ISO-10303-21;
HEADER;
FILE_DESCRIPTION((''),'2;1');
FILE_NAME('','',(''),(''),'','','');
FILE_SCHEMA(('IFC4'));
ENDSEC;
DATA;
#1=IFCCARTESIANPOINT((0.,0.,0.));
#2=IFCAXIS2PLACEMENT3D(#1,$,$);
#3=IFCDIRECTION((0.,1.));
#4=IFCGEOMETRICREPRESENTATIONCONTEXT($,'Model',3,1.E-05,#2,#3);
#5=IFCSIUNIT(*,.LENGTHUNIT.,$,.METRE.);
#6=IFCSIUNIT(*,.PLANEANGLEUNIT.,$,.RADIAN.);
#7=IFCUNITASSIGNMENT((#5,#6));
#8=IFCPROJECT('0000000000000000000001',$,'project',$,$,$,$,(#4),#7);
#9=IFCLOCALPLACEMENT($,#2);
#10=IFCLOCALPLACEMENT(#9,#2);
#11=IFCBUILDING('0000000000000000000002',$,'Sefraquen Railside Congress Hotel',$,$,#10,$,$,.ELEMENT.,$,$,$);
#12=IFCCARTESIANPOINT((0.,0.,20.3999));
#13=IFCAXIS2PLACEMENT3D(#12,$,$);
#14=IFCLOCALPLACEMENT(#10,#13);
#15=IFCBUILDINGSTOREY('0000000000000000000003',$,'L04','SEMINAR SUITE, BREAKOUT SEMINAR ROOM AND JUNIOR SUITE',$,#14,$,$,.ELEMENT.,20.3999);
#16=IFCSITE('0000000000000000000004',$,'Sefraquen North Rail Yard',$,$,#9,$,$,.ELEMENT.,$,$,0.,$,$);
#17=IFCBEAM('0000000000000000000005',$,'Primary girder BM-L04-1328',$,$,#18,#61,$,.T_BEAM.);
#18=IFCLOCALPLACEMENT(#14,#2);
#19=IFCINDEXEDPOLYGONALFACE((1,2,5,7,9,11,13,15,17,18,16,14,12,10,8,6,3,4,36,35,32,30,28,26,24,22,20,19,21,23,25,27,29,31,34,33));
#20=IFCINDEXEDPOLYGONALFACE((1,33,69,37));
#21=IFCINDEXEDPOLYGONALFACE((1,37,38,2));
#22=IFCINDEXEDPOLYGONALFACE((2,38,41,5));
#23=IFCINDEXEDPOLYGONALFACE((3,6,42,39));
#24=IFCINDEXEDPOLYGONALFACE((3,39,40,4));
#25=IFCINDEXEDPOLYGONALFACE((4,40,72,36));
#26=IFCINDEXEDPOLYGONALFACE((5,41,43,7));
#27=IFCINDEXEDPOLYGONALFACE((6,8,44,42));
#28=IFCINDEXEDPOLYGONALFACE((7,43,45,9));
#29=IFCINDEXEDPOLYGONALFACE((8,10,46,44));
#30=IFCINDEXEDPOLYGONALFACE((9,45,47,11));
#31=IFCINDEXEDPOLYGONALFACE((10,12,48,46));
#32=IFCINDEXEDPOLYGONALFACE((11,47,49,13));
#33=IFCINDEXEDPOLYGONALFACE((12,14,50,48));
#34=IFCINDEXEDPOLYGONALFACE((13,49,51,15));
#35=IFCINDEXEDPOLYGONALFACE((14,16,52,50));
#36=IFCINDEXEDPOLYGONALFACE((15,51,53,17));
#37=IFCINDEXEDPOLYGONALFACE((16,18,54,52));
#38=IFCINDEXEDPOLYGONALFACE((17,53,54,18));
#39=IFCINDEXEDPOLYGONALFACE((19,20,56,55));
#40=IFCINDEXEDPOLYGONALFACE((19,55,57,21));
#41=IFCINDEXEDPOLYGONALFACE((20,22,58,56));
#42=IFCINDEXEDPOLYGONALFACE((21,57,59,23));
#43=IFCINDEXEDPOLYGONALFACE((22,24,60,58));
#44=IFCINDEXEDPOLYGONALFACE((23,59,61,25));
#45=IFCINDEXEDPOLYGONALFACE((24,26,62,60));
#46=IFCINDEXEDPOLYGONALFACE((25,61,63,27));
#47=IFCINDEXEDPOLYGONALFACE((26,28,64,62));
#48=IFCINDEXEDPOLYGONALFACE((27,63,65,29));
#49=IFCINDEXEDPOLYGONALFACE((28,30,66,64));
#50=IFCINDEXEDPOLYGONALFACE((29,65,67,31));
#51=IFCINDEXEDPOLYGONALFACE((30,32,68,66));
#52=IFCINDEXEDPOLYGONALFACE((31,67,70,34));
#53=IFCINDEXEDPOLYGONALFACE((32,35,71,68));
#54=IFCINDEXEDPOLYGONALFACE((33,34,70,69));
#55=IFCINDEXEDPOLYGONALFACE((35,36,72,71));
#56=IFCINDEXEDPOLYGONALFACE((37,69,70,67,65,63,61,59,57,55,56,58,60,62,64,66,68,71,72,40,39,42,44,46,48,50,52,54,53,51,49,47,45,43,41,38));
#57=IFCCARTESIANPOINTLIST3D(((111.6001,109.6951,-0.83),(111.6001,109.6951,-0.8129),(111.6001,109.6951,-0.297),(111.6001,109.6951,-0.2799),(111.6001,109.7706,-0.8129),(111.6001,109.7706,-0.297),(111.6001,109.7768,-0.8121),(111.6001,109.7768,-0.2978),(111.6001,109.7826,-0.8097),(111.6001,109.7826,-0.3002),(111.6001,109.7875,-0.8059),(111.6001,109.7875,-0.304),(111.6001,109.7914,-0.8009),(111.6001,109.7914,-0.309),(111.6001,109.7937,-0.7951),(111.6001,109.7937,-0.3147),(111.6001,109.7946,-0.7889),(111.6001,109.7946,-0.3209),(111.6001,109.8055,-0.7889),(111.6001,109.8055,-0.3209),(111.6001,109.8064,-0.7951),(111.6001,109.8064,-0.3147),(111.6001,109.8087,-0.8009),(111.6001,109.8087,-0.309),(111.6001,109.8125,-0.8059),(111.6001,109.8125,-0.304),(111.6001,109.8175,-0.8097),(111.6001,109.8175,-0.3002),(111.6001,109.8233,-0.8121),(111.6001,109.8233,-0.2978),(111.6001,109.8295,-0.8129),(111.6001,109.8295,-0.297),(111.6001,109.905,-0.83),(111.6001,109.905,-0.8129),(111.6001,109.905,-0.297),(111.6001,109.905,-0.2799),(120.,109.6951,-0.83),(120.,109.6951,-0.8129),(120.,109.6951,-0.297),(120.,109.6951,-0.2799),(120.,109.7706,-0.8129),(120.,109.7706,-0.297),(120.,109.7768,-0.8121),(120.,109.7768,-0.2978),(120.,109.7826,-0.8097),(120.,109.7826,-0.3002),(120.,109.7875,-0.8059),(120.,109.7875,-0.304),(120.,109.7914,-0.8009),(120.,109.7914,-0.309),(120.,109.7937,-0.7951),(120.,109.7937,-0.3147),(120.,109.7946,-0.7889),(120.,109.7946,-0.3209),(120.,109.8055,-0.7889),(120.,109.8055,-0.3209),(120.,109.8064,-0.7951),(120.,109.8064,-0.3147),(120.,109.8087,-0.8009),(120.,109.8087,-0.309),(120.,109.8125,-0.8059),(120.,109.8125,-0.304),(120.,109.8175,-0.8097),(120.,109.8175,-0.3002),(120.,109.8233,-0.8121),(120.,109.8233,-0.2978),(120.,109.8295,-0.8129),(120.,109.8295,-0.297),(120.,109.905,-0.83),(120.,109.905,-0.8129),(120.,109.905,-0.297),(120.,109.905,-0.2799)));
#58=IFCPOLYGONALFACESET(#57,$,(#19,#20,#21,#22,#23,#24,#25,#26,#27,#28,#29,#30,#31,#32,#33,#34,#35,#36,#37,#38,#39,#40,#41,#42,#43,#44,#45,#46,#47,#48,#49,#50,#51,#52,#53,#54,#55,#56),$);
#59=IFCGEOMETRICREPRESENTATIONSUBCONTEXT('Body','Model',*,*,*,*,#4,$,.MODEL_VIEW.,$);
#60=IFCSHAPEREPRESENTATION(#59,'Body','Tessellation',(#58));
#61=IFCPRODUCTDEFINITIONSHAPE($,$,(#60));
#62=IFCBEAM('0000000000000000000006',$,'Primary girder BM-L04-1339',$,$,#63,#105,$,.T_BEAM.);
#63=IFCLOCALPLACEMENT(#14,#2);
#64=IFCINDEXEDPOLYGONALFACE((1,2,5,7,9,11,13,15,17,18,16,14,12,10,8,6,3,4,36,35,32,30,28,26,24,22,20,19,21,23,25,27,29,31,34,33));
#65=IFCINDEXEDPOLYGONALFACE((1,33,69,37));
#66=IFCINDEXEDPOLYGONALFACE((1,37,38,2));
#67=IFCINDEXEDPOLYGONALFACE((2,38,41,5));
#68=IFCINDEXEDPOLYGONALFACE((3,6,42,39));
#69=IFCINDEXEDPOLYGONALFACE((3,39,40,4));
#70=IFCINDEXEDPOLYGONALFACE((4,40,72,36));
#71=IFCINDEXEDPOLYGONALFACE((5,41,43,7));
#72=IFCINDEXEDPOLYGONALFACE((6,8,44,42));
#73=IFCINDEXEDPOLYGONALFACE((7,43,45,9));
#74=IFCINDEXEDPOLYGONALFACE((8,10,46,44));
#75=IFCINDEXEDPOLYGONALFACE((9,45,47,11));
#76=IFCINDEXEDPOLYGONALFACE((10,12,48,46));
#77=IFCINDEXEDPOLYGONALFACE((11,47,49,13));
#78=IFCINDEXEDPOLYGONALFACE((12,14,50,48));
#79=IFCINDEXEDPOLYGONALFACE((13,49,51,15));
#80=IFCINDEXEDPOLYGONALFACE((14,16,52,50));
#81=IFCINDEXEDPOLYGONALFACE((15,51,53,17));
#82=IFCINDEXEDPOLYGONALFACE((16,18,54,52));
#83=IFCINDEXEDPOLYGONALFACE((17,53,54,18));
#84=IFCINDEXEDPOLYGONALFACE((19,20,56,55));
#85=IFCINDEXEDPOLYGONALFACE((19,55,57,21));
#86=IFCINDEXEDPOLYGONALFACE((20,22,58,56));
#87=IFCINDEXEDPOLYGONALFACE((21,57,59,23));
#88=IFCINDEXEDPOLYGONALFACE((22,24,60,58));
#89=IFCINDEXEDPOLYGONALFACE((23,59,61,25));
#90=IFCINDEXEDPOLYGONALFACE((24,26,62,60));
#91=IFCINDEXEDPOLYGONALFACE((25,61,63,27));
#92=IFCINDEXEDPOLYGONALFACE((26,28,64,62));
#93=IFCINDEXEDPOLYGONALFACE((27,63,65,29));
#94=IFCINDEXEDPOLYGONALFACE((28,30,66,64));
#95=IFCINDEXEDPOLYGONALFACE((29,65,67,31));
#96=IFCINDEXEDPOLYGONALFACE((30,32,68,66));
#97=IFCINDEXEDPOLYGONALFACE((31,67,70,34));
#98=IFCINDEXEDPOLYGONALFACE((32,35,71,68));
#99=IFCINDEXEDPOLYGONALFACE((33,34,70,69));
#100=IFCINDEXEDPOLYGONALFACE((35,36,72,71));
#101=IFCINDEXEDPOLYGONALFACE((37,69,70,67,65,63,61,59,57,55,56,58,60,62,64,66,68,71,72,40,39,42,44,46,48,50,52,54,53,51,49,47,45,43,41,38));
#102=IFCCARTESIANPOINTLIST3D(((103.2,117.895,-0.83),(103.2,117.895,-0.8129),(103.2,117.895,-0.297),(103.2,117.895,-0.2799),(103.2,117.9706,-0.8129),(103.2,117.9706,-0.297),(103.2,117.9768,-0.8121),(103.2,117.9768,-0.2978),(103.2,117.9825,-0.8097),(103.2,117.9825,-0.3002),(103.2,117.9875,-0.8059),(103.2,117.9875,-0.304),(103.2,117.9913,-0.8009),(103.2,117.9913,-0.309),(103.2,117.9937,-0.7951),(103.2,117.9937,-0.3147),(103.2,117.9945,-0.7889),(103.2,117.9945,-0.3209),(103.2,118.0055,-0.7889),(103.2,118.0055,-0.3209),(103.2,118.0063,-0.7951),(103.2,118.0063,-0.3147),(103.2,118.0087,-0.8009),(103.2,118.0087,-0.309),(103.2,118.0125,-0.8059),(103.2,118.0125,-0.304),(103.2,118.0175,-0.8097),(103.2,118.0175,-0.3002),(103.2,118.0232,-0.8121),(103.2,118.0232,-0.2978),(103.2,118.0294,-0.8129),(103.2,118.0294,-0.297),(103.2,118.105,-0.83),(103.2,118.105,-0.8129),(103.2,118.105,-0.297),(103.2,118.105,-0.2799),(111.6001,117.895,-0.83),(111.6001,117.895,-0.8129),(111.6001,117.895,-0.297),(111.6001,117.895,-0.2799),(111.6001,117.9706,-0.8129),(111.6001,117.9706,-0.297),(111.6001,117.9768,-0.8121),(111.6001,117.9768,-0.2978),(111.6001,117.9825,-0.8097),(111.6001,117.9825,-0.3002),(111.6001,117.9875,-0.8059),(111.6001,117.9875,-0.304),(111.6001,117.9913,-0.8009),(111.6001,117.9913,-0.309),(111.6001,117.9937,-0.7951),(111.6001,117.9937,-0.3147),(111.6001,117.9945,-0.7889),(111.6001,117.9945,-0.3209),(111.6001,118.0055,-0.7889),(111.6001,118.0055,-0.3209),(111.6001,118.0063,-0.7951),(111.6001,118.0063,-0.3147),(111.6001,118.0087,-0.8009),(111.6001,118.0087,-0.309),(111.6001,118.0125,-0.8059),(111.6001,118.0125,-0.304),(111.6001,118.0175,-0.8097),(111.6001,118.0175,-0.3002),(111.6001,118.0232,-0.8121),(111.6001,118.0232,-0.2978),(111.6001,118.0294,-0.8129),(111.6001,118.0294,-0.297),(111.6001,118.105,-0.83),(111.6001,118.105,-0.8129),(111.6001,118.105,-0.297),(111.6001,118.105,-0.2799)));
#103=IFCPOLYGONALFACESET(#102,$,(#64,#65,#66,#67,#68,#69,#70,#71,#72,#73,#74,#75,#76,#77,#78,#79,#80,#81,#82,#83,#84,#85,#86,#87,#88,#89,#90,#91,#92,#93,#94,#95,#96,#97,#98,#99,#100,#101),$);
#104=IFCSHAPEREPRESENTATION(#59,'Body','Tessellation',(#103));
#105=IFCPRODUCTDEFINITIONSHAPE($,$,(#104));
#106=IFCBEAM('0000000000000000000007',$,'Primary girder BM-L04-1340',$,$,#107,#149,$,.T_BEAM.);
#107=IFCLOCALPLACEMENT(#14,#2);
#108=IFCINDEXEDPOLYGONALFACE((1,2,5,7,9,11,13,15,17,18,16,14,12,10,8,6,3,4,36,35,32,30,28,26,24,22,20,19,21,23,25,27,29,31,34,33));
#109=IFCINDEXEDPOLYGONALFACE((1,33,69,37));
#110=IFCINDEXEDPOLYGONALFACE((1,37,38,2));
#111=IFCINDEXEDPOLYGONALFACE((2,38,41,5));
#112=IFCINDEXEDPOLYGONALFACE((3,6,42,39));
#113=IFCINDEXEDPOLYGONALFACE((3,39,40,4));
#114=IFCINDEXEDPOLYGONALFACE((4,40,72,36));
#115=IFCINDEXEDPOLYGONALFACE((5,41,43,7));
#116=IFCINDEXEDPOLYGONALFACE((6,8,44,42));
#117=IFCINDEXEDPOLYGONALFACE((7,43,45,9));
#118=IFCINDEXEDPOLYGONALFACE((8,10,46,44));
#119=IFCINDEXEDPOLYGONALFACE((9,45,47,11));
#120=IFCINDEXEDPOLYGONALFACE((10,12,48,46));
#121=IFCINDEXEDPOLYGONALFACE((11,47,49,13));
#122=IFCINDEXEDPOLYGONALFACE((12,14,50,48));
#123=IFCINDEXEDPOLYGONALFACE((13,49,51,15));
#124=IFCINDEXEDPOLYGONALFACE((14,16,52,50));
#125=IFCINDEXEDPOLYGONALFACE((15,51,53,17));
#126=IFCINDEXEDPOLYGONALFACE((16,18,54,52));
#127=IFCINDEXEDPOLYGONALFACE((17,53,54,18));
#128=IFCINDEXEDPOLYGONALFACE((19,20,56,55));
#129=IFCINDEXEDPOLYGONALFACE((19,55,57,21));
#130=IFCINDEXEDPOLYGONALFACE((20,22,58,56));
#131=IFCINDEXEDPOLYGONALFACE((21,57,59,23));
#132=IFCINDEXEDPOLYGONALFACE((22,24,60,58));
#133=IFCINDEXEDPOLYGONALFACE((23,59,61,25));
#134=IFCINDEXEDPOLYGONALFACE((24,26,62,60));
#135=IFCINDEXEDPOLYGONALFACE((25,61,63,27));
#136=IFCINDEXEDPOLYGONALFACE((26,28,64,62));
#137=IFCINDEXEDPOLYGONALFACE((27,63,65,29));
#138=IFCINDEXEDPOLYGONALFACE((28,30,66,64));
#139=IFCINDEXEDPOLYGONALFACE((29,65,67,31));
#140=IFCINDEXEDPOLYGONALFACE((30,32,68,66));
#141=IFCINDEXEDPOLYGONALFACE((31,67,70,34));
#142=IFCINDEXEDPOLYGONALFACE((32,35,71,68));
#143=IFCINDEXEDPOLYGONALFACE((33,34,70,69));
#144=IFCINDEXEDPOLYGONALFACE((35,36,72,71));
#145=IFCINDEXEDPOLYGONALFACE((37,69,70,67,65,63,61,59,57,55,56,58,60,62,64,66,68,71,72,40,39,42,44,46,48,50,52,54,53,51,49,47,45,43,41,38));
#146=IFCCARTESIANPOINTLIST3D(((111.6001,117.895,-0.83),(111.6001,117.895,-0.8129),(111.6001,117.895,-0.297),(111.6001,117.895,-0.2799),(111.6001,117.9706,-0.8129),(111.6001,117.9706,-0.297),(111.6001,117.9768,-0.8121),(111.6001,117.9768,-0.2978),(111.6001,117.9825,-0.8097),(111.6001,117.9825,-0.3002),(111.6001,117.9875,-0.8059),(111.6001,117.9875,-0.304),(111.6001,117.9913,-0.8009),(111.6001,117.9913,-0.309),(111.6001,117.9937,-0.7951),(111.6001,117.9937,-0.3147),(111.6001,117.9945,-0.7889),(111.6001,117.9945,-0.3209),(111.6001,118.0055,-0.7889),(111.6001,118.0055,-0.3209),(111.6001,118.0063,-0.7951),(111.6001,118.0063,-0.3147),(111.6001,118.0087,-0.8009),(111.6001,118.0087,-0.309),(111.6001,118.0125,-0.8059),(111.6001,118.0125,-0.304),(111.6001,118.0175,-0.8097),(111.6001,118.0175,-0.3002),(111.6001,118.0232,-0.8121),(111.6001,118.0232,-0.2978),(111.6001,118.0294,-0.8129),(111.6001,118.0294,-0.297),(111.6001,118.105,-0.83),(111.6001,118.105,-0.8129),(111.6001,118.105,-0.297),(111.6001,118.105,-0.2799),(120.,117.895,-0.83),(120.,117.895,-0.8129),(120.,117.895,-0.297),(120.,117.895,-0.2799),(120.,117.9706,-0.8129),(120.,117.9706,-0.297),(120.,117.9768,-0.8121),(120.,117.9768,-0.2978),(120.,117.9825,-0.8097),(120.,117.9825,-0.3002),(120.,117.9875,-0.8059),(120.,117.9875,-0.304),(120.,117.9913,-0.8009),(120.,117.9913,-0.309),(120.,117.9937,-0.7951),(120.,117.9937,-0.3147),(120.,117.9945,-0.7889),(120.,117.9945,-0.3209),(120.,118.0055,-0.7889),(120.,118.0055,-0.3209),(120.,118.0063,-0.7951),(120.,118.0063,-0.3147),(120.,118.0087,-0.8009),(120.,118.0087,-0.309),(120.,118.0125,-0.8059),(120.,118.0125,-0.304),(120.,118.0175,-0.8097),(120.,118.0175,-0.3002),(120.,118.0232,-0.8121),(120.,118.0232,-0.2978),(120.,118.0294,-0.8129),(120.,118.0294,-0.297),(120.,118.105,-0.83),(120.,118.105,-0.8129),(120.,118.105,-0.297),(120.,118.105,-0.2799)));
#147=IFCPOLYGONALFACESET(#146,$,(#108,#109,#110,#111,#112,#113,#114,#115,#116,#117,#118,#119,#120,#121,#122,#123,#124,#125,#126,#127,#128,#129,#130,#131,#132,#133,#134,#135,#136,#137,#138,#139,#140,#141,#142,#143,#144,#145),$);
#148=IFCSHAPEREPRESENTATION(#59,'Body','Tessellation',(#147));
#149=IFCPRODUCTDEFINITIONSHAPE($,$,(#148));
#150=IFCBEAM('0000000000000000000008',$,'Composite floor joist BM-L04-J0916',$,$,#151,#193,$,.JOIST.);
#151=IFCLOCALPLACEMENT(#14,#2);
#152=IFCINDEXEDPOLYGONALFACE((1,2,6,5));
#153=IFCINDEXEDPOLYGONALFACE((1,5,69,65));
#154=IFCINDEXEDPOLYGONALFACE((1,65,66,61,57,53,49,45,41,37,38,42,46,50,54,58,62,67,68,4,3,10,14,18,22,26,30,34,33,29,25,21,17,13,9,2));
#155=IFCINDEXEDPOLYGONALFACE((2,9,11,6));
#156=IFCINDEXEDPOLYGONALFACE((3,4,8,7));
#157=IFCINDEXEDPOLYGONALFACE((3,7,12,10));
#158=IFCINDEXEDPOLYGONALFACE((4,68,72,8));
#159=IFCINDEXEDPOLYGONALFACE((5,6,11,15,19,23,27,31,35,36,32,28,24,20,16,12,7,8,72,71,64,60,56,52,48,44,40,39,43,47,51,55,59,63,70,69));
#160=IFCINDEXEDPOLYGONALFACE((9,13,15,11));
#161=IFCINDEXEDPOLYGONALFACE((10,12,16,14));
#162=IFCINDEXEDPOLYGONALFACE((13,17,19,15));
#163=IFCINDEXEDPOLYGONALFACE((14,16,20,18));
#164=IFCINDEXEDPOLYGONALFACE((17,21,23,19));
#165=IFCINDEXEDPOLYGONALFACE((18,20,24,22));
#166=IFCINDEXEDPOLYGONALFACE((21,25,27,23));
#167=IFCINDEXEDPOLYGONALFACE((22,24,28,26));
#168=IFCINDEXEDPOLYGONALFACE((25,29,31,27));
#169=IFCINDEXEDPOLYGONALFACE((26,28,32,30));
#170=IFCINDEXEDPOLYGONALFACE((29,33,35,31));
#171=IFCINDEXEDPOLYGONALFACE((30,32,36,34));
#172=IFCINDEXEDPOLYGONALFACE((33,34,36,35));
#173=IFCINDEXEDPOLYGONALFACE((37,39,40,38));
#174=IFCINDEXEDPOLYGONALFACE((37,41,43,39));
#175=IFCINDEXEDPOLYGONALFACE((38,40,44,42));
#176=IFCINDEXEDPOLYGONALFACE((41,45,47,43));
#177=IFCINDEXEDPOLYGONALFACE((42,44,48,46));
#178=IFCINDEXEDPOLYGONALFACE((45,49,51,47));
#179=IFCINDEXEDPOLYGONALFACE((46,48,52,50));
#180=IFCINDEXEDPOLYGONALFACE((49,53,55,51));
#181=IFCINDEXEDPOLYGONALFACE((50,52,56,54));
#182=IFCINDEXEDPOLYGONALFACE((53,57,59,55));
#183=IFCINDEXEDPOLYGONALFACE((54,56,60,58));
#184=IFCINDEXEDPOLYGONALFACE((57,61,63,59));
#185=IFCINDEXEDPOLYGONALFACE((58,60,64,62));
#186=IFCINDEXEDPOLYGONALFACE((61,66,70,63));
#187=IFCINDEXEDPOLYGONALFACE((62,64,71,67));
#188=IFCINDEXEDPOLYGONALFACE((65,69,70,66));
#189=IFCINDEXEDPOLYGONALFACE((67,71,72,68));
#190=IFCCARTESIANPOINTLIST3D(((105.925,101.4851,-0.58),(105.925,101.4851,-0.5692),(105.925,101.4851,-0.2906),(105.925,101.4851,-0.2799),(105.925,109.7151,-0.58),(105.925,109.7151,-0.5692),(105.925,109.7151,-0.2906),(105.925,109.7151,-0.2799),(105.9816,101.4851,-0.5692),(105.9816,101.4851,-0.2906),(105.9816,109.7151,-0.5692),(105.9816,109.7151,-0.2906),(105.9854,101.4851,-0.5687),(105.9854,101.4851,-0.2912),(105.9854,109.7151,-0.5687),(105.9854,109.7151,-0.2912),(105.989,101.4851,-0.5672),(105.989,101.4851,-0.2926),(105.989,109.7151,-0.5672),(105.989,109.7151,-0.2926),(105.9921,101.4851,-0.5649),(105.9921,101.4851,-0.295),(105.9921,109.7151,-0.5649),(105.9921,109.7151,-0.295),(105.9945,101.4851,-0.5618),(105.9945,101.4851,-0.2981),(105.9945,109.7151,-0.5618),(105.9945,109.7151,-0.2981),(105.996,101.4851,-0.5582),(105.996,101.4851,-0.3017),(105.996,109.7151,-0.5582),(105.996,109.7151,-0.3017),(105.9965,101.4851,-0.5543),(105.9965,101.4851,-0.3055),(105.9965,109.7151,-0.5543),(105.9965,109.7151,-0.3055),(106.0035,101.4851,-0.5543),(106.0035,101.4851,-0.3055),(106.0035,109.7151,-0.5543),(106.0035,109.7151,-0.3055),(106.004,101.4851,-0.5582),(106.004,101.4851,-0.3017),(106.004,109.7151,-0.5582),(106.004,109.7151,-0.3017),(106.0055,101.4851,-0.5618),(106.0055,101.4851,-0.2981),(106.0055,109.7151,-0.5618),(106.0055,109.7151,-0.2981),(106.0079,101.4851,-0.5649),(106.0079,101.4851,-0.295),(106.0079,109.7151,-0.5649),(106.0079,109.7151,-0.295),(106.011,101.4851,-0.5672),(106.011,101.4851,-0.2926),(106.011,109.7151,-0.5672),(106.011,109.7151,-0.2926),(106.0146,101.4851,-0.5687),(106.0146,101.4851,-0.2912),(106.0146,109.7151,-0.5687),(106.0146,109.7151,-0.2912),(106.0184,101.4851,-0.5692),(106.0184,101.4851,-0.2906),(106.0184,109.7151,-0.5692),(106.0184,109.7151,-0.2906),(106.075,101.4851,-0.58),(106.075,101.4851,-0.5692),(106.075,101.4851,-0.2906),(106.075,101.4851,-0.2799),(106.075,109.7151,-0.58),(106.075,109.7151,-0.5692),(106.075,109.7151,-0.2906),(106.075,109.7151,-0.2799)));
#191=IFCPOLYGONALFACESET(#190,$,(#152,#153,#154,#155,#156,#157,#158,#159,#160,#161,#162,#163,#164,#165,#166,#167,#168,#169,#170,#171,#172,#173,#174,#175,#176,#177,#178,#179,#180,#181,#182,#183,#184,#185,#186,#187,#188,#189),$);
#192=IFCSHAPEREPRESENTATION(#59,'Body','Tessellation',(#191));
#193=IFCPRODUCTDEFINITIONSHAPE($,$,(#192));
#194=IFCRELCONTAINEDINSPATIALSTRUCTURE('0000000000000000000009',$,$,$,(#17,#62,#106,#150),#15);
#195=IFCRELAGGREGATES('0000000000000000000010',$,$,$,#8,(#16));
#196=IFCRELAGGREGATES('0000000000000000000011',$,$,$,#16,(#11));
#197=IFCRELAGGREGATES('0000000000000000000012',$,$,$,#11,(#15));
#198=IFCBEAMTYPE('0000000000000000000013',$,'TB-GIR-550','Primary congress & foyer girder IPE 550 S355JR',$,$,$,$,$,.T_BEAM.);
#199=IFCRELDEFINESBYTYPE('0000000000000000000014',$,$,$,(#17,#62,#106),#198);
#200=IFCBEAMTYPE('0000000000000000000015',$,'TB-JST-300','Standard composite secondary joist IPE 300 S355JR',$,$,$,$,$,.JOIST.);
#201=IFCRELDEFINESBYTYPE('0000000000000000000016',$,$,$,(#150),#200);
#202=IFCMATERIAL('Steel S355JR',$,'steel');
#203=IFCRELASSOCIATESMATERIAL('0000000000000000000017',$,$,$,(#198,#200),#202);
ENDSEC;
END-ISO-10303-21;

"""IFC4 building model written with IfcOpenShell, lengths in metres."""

from ifc_helpers import new_model, si_unit, direction, frame, origin, origin_2d, place, context, subcontext, project, spatial, i_section, extrude, material, material_profile, profile_set, type_object, element, save


model = new_model("IFC4")

# Units and contexts
model_context = context("Model", 3, precision=1e-05, world=origin(), true_north=direction((0.0, 1.0)))
body_context = subcontext(model_context, "Body", "Model", "MODEL_VIEW")
ifc_project = project(units=[si_unit("LENGTHUNIT", "METRE"), si_unit("PLANEANGLEUNIT", "RADIAN")], contexts=[model_context])

# Site, building, storey
site_placement = place(None, origin())
site = spatial("IfcSite", under=ifc_project, at=site_placement, Name="Sefraquen North Rail Yard", CompositionType="ELEMENT", RefElevation=0.0)
building_placement = place(site_placement, origin())
building = spatial("IfcBuilding", under=site, at=building_placement, Name="Sefraquen Railside Congress Hotel", CompositionType="ELEMENT")
storey_placement = place(building_placement, frame((0.0, 0.0, 20.3999)))
storey = spatial("IfcBuildingStorey", under=building, at=storey_placement, Name="L04", Description="SEMINAR SUITE, BREAKOUT SEMINAR ROOM AND JUNIOR SUITE", CompositionType="ELEMENT", Elevation=20.3999)

# Shared definitions
ifc_material_1 = material(Name="Steel S355JR", Category="steel")

# Beams
ifc_material_profile_1 = material_profile(ifc_material_1, i_section(OverallWidth=0.21, OverallDepth=0.55, WebThickness=0.011, FlangeThickness=0.0171, FilletRadius=0.0239, at=origin_2d()), Name="IPE 550")
ifc_profile_set_1 = profile_set([ifc_material_profile_1], Name="Steel S355JR")
beam_type_1 = type_object("IfcBeamType", Name="TB-GIR-550", Description="Primary congress & foyer girder IPE 550 S355JR", PredefinedType="T_BEAM", material=ifc_profile_set_1)
beam_1_placement = place(storey_placement, frame((111.6001, 109.8, -0.5549), z_axis=(1.0, 0.0, 0.0), x_axis=(0.0, 1.0, 0.0)))
element("IfcBeam", 1, at=beam_1_placement, inside=storey, type_object=beam_type_1, Name="Primary girder BM-L04-1328", PredefinedType="T_BEAM", context=body_context, shape_type="SweptSolid", body=[
    extrude(i_section(OverallWidth=0.21, OverallDepth=0.55, WebThickness=0.011, FlangeThickness=0.0171, FilletRadius=0.0239, at=origin_2d()), origin(), (0.0, 0.0, 1.0), 8.3999),
])
beam_2_placement = place(storey_placement, frame((103.2, 118.0, -0.5549), z_axis=(1.0, 0.0, 0.0), x_axis=(0.0, 1.0, 0.0)))
element("IfcBeam", 2, at=beam_2_placement, inside=storey, type_object=beam_type_1, Name="Primary girder BM-L04-1339", PredefinedType="T_BEAM", context=body_context, shape_type="SweptSolid", body=[
    extrude(i_section(OverallWidth=0.21, OverallDepth=0.55, WebThickness=0.011, FlangeThickness=0.0171, FilletRadius=0.0239, at=origin_2d()), origin(), (0.0, 0.0, 1.0), 8.4001),
])
beam_3_placement = place(storey_placement, frame((111.6001, 118.0, -0.5549), z_axis=(1.0, 0.0, 0.0), x_axis=(0.0, 1.0, 0.0)))
element("IfcBeam", 3, at=beam_3_placement, inside=storey, type_object=beam_type_1, Name="Primary girder BM-L04-1340", PredefinedType="T_BEAM", context=body_context, shape_type="SweptSolid", body=[
    extrude(i_section(OverallWidth=0.21, OverallDepth=0.55, WebThickness=0.011, FlangeThickness=0.0171, FilletRadius=0.0239, at=origin_2d()), origin(), (0.0, 0.0, 1.0), 8.3999),
])
ifc_material_profile_2 = material_profile(ifc_material_1, i_section(OverallWidth=0.1499, OverallDepth=0.3, WebThickness=0.0071, FlangeThickness=0.0107, FilletRadius=0.0149, at=origin_2d()), Name="IPE 300")
ifc_profile_set_2 = profile_set([ifc_material_profile_2], Name="Steel S355JR")
beam_type_2 = type_object("IfcBeamType", Name="TB-JST-300", Description="Standard composite secondary joist IPE 300 S355JR", PredefinedType="JOIST", material=ifc_profile_set_2)
for number, where, z_axis, x_axis, name in (
    (4, (106.0, 101.4851, -0.4299), (0.0, 1.0, 0.0), (-1.0, 0.0, 0.0), "Composite floor joist BM-L04-J0916"),
):
    element("IfcBeam", number, at=place(storey_placement, frame(where, z_axis=z_axis, x_axis=x_axis)), inside=storey, type_object=beam_type_2, Name=name, PredefinedType="JOIST", context=body_context, shape_type="SweptSolid", body=[
        extrude(i_section(OverallWidth=0.1499, OverallDepth=0.3, WebThickness=0.0071, FlangeThickness=0.0107, FilletRadius=0.0149, at=origin_2d()), origin(), (0.0, 0.0, 1.0), 8.23),
    ])

save(model, "model.ifc")
